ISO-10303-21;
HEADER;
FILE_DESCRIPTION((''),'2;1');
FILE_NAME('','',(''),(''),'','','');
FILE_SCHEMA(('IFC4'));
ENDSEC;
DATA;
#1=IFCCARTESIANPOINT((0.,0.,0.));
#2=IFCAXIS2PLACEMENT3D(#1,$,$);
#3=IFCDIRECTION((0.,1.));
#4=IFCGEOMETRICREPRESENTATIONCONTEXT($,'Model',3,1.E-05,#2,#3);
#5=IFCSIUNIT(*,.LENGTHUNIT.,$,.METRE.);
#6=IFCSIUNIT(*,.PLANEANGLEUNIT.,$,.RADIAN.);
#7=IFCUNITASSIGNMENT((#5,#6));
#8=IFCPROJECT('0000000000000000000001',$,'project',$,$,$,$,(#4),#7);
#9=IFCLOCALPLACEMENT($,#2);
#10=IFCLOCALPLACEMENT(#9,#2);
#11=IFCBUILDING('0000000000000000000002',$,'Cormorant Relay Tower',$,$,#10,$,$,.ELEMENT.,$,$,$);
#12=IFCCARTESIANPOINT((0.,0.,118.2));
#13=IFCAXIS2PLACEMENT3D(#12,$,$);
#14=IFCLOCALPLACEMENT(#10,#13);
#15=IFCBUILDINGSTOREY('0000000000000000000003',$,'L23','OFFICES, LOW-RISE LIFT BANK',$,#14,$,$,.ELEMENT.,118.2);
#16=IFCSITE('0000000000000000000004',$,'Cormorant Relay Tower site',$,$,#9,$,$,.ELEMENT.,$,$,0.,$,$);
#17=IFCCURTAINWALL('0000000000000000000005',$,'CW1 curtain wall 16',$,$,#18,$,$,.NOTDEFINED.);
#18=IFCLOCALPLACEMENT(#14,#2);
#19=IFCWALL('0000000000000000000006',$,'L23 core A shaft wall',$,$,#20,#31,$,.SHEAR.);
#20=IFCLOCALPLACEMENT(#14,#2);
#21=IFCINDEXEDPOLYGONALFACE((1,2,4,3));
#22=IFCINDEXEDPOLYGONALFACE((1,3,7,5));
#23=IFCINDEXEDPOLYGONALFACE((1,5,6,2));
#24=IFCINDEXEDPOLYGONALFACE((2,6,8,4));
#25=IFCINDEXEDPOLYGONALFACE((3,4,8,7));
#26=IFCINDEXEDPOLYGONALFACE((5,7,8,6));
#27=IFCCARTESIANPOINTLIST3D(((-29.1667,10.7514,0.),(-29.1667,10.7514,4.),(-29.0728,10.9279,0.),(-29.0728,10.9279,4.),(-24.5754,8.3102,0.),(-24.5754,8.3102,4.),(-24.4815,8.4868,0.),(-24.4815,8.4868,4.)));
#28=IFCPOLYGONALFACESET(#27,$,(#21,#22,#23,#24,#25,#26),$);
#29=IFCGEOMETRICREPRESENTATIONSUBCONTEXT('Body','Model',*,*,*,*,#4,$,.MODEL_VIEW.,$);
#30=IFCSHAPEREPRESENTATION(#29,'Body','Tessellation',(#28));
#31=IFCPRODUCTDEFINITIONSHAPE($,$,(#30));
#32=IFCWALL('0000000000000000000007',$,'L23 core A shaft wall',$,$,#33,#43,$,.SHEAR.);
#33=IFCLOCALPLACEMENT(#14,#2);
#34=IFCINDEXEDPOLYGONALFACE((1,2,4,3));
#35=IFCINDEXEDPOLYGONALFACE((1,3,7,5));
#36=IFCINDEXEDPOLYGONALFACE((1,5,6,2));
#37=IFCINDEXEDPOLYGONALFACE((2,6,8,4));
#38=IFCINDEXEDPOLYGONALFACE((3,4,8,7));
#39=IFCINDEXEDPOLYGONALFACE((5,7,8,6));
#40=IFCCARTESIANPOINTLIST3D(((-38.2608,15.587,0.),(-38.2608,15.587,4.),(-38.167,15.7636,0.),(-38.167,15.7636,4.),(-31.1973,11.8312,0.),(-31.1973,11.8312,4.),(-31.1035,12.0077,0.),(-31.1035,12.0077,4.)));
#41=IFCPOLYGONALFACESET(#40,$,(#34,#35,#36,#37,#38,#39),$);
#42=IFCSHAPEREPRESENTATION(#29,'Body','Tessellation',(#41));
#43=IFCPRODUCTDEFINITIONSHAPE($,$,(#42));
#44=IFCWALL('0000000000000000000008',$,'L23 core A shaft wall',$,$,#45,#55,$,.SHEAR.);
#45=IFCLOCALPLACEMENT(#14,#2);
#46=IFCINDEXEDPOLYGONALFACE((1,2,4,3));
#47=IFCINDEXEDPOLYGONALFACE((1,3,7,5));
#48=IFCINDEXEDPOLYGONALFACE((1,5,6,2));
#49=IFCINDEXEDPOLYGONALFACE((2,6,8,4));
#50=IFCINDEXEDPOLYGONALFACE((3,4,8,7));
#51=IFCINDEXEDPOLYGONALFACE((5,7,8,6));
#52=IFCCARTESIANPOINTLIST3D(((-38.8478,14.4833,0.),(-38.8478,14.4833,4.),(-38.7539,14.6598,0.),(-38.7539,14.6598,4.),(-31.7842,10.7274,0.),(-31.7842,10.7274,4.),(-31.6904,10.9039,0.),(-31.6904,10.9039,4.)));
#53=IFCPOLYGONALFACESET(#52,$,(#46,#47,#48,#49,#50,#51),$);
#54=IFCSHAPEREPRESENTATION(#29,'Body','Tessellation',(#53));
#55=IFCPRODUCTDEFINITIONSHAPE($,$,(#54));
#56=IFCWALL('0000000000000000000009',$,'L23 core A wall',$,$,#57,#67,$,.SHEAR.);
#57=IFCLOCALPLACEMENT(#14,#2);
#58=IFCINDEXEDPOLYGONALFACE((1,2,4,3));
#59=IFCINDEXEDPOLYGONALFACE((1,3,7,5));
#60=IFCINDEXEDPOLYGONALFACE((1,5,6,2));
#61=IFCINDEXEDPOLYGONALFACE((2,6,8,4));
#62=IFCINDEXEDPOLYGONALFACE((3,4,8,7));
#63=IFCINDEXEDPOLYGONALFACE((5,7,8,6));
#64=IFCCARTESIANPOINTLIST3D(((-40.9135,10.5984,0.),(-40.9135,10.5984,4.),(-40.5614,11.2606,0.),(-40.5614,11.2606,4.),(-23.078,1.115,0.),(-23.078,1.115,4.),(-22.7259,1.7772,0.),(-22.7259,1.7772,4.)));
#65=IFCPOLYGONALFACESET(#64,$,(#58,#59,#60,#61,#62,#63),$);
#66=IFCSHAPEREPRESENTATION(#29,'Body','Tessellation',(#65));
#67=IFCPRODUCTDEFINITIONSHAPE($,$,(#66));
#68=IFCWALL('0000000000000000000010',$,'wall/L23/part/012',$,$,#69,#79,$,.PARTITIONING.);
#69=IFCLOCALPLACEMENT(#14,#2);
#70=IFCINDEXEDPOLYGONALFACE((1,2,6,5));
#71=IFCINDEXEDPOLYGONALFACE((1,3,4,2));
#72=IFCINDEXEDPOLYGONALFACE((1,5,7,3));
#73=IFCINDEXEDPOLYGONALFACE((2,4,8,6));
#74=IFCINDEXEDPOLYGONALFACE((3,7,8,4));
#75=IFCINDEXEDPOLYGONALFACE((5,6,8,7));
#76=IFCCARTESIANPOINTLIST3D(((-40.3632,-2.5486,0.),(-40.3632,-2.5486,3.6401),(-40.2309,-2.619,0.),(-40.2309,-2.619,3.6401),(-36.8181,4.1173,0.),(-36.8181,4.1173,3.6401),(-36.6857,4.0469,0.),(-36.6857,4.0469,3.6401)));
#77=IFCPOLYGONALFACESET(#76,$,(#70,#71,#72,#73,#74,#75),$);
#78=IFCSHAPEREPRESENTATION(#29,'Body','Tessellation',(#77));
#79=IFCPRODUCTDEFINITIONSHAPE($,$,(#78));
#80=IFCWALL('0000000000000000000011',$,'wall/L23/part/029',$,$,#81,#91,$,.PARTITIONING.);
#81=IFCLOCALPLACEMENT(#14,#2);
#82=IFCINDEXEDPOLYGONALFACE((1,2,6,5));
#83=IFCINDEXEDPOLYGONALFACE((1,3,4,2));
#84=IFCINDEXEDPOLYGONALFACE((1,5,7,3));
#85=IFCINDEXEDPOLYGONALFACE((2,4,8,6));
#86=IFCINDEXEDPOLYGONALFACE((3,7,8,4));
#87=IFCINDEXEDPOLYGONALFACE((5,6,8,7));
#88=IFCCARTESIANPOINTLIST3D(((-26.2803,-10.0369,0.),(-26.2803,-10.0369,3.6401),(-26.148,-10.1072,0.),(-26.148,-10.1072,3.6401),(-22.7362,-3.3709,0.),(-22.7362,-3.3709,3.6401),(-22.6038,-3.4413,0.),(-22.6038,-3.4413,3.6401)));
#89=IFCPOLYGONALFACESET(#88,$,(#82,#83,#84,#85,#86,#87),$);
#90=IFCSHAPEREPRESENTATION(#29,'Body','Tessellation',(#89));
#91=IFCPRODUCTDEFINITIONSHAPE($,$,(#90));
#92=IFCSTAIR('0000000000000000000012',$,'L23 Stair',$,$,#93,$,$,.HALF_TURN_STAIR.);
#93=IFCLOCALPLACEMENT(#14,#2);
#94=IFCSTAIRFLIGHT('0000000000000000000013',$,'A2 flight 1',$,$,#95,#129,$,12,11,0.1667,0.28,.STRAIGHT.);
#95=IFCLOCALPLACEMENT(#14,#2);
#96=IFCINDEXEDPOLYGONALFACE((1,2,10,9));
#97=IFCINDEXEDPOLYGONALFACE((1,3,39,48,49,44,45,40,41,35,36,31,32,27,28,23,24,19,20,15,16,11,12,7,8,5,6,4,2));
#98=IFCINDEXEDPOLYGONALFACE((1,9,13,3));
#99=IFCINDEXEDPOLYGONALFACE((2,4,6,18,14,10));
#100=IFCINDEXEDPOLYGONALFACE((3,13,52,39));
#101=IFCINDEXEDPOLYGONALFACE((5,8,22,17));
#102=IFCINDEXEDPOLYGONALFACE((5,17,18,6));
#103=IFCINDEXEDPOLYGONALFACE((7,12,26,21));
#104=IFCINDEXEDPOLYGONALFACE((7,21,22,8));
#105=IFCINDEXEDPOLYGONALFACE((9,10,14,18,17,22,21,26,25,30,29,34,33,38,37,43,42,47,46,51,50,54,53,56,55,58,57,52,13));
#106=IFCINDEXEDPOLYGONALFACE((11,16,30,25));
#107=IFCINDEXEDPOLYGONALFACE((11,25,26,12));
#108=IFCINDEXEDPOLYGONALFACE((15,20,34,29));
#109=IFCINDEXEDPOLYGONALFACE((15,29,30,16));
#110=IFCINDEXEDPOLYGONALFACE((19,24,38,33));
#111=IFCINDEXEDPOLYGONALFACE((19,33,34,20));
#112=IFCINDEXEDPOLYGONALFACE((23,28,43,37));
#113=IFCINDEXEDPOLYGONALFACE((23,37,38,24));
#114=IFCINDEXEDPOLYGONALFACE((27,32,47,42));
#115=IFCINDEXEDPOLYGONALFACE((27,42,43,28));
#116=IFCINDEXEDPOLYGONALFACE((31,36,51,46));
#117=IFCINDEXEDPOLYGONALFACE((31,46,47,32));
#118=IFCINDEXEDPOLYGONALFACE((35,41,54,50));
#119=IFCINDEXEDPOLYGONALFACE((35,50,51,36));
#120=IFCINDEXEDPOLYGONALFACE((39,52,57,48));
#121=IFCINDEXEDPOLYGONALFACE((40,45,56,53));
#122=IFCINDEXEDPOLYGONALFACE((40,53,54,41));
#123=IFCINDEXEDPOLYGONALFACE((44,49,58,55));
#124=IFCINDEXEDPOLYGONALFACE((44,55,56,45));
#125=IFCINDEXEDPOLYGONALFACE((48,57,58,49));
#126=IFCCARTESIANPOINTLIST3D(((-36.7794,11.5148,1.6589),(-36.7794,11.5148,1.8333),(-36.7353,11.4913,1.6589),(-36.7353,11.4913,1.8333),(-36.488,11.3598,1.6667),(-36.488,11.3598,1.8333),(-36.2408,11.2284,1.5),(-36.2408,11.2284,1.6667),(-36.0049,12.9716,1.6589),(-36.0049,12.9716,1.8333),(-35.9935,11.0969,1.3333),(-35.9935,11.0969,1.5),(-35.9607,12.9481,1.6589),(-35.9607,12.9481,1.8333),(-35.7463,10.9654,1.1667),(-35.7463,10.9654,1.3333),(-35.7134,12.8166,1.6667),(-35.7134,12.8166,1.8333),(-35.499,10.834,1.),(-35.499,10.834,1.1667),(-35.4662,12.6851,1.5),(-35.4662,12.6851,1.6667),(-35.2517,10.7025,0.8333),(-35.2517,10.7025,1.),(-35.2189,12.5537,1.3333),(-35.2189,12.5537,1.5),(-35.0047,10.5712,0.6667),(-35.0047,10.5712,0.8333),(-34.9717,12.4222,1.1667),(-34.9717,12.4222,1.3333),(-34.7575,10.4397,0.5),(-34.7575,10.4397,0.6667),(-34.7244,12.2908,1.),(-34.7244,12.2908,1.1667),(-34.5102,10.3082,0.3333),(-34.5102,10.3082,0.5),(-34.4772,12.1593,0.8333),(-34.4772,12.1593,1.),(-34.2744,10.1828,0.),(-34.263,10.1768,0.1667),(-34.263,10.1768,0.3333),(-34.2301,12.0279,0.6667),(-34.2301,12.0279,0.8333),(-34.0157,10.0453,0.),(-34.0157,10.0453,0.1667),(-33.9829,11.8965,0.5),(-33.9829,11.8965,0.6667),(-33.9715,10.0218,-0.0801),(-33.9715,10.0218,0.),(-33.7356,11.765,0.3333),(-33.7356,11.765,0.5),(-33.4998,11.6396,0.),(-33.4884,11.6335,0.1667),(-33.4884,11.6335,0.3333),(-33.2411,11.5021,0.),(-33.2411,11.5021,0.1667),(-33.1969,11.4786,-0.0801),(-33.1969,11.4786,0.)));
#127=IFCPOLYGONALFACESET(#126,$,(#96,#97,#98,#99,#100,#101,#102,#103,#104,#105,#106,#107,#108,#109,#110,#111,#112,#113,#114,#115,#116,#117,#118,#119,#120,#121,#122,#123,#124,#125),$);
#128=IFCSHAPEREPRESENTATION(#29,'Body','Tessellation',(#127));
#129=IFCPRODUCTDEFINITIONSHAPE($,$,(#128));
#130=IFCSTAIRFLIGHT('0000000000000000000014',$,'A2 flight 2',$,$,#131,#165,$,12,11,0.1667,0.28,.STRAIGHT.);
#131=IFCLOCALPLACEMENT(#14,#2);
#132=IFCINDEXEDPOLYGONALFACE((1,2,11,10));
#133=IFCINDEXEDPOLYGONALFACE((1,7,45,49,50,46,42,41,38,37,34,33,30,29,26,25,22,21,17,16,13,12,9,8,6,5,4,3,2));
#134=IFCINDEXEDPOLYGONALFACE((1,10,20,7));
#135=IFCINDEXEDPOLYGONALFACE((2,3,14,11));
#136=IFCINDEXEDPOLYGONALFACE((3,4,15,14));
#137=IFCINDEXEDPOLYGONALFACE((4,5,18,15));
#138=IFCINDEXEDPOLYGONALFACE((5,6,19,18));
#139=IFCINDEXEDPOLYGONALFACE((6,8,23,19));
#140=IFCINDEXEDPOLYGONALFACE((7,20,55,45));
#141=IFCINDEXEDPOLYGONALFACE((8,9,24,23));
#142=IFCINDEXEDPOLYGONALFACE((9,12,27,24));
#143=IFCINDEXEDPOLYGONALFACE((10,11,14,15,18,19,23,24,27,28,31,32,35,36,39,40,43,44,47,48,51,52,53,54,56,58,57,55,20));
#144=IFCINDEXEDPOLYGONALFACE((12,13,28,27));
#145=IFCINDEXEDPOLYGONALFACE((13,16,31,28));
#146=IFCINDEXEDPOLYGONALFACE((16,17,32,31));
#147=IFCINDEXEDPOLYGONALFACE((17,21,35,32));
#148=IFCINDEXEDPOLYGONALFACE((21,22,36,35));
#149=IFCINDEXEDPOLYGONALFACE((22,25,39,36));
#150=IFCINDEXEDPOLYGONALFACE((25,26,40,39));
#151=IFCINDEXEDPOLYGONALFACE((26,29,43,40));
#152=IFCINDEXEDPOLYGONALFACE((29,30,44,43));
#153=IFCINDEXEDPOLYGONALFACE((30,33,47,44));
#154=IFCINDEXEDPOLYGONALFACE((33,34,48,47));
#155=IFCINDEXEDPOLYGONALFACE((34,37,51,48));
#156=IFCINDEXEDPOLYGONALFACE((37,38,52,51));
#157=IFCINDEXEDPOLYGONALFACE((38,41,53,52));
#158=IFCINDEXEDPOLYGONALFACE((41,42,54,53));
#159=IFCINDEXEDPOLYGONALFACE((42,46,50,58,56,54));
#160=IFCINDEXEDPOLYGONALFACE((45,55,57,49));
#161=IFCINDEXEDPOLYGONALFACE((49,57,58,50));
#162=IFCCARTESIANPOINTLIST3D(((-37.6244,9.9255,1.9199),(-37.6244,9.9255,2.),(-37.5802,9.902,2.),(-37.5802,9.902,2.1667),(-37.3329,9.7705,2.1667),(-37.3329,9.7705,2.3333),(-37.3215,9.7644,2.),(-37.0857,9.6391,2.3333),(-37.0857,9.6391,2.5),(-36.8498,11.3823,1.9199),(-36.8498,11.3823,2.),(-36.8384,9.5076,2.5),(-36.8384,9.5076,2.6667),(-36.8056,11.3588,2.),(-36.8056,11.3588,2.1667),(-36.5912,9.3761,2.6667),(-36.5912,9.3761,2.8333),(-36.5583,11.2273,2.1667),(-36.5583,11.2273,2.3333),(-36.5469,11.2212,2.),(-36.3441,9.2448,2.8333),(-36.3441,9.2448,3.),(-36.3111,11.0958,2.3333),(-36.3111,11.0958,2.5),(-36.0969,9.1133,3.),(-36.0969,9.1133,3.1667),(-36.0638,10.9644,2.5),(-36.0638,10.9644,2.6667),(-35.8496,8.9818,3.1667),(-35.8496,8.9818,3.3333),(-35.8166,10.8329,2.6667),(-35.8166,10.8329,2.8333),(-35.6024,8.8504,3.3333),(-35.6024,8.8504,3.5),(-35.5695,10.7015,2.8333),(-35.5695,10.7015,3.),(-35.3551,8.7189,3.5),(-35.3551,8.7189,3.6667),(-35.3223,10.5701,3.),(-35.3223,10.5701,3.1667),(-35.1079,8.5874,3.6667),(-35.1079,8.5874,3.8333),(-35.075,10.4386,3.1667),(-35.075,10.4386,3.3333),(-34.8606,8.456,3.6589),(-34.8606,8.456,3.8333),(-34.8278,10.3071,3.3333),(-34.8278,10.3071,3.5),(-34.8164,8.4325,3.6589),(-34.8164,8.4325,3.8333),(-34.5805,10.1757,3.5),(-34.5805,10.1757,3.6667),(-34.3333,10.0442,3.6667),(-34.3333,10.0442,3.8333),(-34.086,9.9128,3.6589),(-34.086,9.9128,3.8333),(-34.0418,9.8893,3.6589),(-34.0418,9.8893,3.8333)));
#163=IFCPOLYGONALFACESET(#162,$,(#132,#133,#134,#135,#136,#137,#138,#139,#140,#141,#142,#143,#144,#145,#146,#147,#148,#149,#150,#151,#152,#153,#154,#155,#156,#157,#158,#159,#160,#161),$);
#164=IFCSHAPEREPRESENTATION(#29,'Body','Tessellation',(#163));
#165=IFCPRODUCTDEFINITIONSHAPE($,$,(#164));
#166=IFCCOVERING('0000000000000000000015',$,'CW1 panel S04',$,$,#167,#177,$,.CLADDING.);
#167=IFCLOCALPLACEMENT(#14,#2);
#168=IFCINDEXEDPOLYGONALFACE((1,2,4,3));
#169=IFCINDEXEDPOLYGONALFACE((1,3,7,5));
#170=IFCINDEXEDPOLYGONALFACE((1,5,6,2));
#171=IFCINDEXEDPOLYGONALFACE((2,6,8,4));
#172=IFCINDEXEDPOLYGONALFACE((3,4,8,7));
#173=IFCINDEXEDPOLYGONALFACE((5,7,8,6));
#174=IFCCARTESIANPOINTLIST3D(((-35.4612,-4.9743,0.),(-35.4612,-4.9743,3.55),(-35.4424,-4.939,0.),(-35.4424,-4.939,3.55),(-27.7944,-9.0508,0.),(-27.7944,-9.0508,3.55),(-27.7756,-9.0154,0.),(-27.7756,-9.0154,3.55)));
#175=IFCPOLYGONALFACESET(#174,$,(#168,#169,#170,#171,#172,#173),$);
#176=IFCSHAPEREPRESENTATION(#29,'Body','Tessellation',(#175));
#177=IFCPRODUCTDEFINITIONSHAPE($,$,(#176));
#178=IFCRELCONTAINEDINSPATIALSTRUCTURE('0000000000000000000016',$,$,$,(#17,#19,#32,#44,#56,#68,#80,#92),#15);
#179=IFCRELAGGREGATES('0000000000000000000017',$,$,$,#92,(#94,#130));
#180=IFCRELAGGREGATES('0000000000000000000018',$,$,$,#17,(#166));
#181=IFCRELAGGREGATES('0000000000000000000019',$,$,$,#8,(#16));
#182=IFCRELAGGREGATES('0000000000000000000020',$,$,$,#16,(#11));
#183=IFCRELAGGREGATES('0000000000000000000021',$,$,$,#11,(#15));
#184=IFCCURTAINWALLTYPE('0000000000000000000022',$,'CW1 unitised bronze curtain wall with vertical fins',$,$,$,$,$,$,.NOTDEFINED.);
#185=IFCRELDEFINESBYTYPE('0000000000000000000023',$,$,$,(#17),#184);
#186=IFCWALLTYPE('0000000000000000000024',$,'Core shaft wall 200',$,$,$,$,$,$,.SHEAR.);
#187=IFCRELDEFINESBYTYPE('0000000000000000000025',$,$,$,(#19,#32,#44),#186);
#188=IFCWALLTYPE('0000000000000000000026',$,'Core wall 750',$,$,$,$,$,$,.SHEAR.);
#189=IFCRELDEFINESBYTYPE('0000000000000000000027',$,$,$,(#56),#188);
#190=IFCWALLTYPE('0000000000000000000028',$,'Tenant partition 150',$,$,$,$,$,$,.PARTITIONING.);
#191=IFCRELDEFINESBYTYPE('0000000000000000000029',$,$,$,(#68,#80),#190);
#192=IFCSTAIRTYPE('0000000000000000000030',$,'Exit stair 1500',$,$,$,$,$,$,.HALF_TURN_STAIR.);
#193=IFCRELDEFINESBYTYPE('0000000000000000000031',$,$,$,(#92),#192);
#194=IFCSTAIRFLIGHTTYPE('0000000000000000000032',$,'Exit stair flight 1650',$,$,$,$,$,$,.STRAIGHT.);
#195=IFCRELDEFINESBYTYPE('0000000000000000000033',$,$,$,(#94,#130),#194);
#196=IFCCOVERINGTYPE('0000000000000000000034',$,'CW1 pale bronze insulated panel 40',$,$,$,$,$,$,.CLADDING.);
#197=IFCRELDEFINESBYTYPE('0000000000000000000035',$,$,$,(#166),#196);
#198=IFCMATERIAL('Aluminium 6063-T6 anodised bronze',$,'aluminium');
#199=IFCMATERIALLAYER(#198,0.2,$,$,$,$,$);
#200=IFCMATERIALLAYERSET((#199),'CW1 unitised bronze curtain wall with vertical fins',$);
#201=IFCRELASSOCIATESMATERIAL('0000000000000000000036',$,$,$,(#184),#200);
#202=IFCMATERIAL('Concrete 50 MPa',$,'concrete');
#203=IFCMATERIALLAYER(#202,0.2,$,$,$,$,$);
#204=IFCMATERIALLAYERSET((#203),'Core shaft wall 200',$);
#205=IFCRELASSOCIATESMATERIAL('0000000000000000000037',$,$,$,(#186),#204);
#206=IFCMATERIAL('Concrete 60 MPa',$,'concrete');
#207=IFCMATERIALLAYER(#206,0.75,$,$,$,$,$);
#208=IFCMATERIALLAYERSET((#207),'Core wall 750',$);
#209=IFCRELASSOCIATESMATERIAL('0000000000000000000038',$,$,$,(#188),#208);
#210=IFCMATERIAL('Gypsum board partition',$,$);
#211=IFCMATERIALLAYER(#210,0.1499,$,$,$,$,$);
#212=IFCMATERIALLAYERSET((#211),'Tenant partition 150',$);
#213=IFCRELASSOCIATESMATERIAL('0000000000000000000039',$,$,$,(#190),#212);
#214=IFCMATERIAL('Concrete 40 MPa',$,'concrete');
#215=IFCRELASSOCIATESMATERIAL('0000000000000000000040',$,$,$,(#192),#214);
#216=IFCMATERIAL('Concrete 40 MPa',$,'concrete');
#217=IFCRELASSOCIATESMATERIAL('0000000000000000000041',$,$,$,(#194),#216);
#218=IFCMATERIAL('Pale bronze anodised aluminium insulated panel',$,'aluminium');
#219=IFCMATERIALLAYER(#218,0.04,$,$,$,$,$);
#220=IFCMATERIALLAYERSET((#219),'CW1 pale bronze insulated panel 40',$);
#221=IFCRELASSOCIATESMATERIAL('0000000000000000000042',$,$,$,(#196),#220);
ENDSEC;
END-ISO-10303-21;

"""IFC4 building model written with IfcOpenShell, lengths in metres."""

from ifc_helpers import new_model, si_unit, direction, frame, frame_2d, origin, origin_2d, place, context, subcontext, project, spatial, polyline, rectangle, outline, extrude, material, layer, layer_set, type_object, element, aggregate, save


model = new_model("IFC4")

# Units and contexts
model_context = context("Model", 3, precision=1e-05, world=origin(), true_north=direction((0.0, 1.0)))
body_context = subcontext(model_context, "Body", "Model", "MODEL_VIEW")
ifc_project = project(units=[si_unit("LENGTHUNIT", "METRE"), si_unit("PLANEANGLEUNIT", "RADIAN")], contexts=[model_context])

# Site, building, storey
site_placement = place(None, origin())
site = spatial("IfcSite", under=ifc_project, at=site_placement, Name="Cormorant Relay Tower site", CompositionType="ELEMENT", RefElevation=0.0)
building_placement = place(site_placement, origin())
building = spatial("IfcBuilding", under=site, at=building_placement, Name="Cormorant Relay Tower", CompositionType="ELEMENT")
storey_placement = place(building_placement, frame((0.0, 0.0, 118.2)))
storey = spatial("IfcBuildingStorey", under=building, at=storey_placement, Name="L23", Description="OFFICES, LOW-RISE LIFT BANK", CompositionType="ELEMENT", Elevation=118.2)

# Curtain wall
ifc_material_1 = material(Name="Aluminium 6063-T6 anodised bronze", Category="aluminium")
ifc_layer_1 = layer(ifc_material_1, 0.2)
ifc_layer_set_1 = layer_set([ifc_layer_1], Name="CW1 unitised bronze curtain wall with vertical fins")
curtain_wall_type = type_object("IfcCurtainWallType", Name="CW1 unitised bronze curtain wall with vertical fins", PredefinedType="NOTDEFINED", material=ifc_layer_set_1)
curtain_wall_placement = place(storey_placement, origin())
curtain_wall = element("IfcCurtainWall", 1, at=curtain_wall_placement, inside=storey, type_object=curtain_wall_type, Name="CW1 curtain wall 16", PredefinedType="NOTDEFINED")

# Shared definitions
ifc_material_2 = material(Name="Concrete 50 MPa", Category="concrete")
ifc_layer_2 = layer(ifc_material_2, 0.2)
ifc_layer_set_2 = layer_set([ifc_layer_2], Name="Core shaft wall 200")
wall_type_1 = type_object("IfcWallType", Name="Core shaft wall 200", PredefinedType="SHEAR", material=ifc_layer_set_2)

# Walls
wall_1_placement = place(storey_placement, frame((-24.5283, 8.3984, 0.0), z_axis=(0.0, 0.0, 1.0), x_axis=(-0.882954, 0.46946, 0.0)))
element("IfcWall", 2, at=wall_1_placement, inside=storey, type_object=wall_type_1, Name="L23 core A shaft wall", PredefinedType="SHEAR", context=body_context, shape_type="SweptSolid", body=[
    extrude(rectangle(XDim=5.2, YDim=0.2, at=frame_2d((2.6001, 0.0))), origin(), (0.0, 0.0, 1.0), 4.0),
])
for number, where, z_axis, x_axis, name in (
    (3, (-31.1504, 11.9194, 0.0), (0.0, 0.0, 1.0), (-0.88294, 0.469485, 0.0), "L23 core A shaft wall"),
    (4, (-31.7373, 10.8157, 0.0), (0.0, 0.0, 1.0), (-0.88294, 0.469485, 0.0), "L23 core A shaft wall"),
):
    element("IfcWall", number, at=place(storey_placement, frame(where, z_axis=z_axis, x_axis=x_axis)), inside=storey, type_object=wall_type_1, Name=name, PredefinedType="SHEAR", context=body_context, shape_type="SweptSolid", body=[
        extrude(rectangle(XDim=8.0, YDim=0.2, at=frame_2d((4.0, 0.0))), origin(), (0.0, 0.0, 1.0), 4.0),
    ])
ifc_material_3 = material(Name="Concrete 60 MPa", Category="concrete")
ifc_layer_3 = layer(ifc_material_3, 0.75)
ifc_layer_set_3 = layer_set([ifc_layer_3], Name="Core wall 750")
wall_type_2 = type_object("IfcWallType", Name="Core wall 750", PredefinedType="SHEAR", material=ifc_layer_set_3)
wall_2_placement = place(storey_placement, frame((-22.9019, 1.446, 0.0), z_axis=(0.0, 0.0, 1.0), x_axis=(-0.882945, 0.469476, 0.0)))
element("IfcWall", 5, at=wall_2_placement, inside=storey, type_object=wall_type_2, Name="L23 core A wall", PredefinedType="SHEAR", context=body_context, shape_type="SweptSolid", body=[
    extrude(rectangle(XDim=20.2, YDim=0.75, at=frame_2d((10.1001, 0.0))), origin(), (0.0, 0.0, 1.0), 4.0),
])
ifc_material_4 = material(Name="Gypsum board partition")
ifc_layer_4 = layer(ifc_material_4, 0.1499)
ifc_layer_set_4 = layer_set([ifc_layer_4], Name="Tenant partition 150")
wall_type_3 = type_object("IfcWallType", Name="Tenant partition 150", PredefinedType="PARTITIONING", material=ifc_layer_set_4)
wall_3_placement = place(storey_placement, frame((-36.752, 4.082, 0.0), z_axis=(0.0, 0.0, 1.0), x_axis=(-0.469552, -0.882905, 0.0)))
element("IfcWall", 6, at=wall_3_placement, inside=storey, type_object=wall_type_3, Name="wall/L23/part/012", PredefinedType="PARTITIONING", context=body_context, shape_type="SweptSolid", body=[
    extrude(rectangle(XDim=7.55, YDim=0.1499, at=frame_2d((3.7749, 0.0))), origin(), (0.0, 0.0, 1.0), 3.6401),
])
wall_4_placement = place(storey_placement, frame((-22.6699, -3.406, 0.0), z_axis=(0.0, 0.0, 1.0), x_axis=(-0.469452, -0.882958, 0.0)))
element("IfcWall", 7, at=wall_4_placement, inside=storey, type_object=wall_type_3, Name="wall/L23/part/029", PredefinedType="PARTITIONING", context=body_context, shape_type="SweptSolid", body=[
    extrude(rectangle(XDim=7.5496, YDim=0.1499, at=frame_2d((3.7749, 0.0))), origin(), (0.0, 0.0, 1.0), 3.6401),
])

# Stair, stair flights
ifc_material_5 = material(Name="Concrete 40 MPa", Category="concrete")
stair_type = type_object("IfcStairType", Name="Exit stair 1500", PredefinedType="HALF_TURN_STAIR", material=ifc_material_5)
stair_placement = place(storey_placement, origin())
stair = element("IfcStair", 8, at=stair_placement, inside=storey, type_object=stair_type, Name="L23 Stair", PredefinedType="HALF_TURN_STAIR")
ifc_material_6 = material(Name="Concrete 40 MPa", Category="concrete")
stair_flight_type = type_object("IfcStairFlightType", Name="Exit stair flight 1650", PredefinedType="STRAIGHT", material=ifc_material_6)
stair_flight_1_placement = place(storey_placement, frame((-33.6284, 10.7737, 0.0), z_axis=(0.0, 0.0, 1.0), x_axis=(-0.882948, 0.469472, 0.0)))
stair_flight_1 = element("IfcStairFlight", 9, at=stair_flight_1_placement, type_object=stair_flight_type, Name="A2 flight 1", NumberOfRisers=12, NumberOfTreads=11, PredefinedType="STRAIGHT", RiserHeight=0.1667, TreadLength=0.28, context=body_context, shape_type="SweptSolid", body=[
    extrude(outline(polyline([(-0.05, -0.0801), (-0.05, 0.0), (0.0, 0.0), (0.0, 0.1667), (0.28, 0.1667), (0.28, 0.3333), (0.5601, 0.3333), (0.5601, 0.5), (0.8401, 0.5), (0.8401, 0.6667), (1.1201, 0.6667), (1.1201, 0.8333), (1.3999, 0.8333), (1.3999, 1.0), (1.6799, 1.0), (1.6799, 1.1667), (1.96, 1.1667), (1.96, 1.3333), (2.24, 1.3333), (2.24, 1.5), (2.52, 1.5), (2.52, 1.6667), (2.8, 1.6667), (2.8, 1.8333), (3.0801, 1.8333), (3.1301, 1.8333), (3.1301, 1.6589), (3.0801, 1.6589), (0.293, 0.0), (-0.05, -0.0801)])), frame((0.0, 0.825, 0.0), z_axis=(0.0, -1.0, 0.0), x_axis=(1.0, 0.0, 0.0)), (0.0, 0.0, 1.0), 1.6499),
])
stair_flight_2_placement = place(storey_placement, frame((-37.1929, 10.6304, 2.0), z_axis=(0.0, 0.0, 1.0), x_axis=(0.882948, -0.469472, 0.0)))
stair_flight_2 = element("IfcStairFlight", 10, at=stair_flight_2_placement, type_object=stair_flight_type, Name="A2 flight 2", NumberOfRisers=12, NumberOfTreads=11, PredefinedType="STRAIGHT", RiserHeight=0.1667, TreadLength=0.28, context=body_context, shape_type="SweptSolid", body=[
    extrude(outline(polyline([(-0.05, -0.0801), (-0.05, 0.0), (0.0, 0.0), (0.0, 0.1667), (0.28, 0.1667), (0.28, 0.3333), (0.5601, 0.3333), (0.5601, 0.5), (0.8401, 0.5), (0.8401, 0.6667), (1.1201, 0.6667), (1.1201, 0.8333), (1.3999, 0.8333), (1.3999, 1.0), (1.6799, 1.0), (1.6799, 1.1667), (1.96, 1.1667), (1.96, 1.3333), (2.24, 1.3333), (2.24, 1.5), (2.52, 1.5), (2.52, 1.6667), (2.8, 1.6667), (2.8, 1.8333), (3.0801, 1.8333), (3.1301, 1.8333), (3.1301, 1.6589), (3.0801, 1.6589), (0.293, 0.0), (-0.05, -0.0801)])), frame((0.0, 0.825, 0.0), z_axis=(0.0, -1.0, 0.0), x_axis=(1.0, 0.0, 0.0)), (0.0, 0.0, 1.0), 1.6499),
])
aggregate(stair, [stair_flight_1, stair_flight_2])

# Covering
ifc_material_7 = material(Name="Pale bronze anodised aluminium insulated panel", Category="aluminium")
ifc_layer_5 = layer(ifc_material_7, 0.04)
ifc_layer_set_5 = layer_set([ifc_layer_5], Name="CW1 pale bronze insulated panel 40")
covering_type = type_object("IfcCoveringType", Name="CW1 pale bronze insulated panel 40", PredefinedType="CLADDING", material=ifc_layer_set_5)
covering_1_placement = place(storey_placement, frame((-31.6184, -6.9949, 0.0), z_axis=(0.0, 0.0, 1.0), x_axis=(0.882948, -0.469472, 0.0)))
covering_1 = element("IfcCovering", 11, at=covering_1_placement, type_object=covering_type, Name="CW1 panel S04", PredefinedType="CLADDING", context=body_context, shape_type="SweptSolid", body=[
    extrude(rectangle(XDim=8.6831, YDim=0.04, at=origin_2d()), origin(), (0.0, 0.0, 1.0), 3.55),
])
aggregate(curtain_wall, [covering_1])

save(model, "model.ifc")
